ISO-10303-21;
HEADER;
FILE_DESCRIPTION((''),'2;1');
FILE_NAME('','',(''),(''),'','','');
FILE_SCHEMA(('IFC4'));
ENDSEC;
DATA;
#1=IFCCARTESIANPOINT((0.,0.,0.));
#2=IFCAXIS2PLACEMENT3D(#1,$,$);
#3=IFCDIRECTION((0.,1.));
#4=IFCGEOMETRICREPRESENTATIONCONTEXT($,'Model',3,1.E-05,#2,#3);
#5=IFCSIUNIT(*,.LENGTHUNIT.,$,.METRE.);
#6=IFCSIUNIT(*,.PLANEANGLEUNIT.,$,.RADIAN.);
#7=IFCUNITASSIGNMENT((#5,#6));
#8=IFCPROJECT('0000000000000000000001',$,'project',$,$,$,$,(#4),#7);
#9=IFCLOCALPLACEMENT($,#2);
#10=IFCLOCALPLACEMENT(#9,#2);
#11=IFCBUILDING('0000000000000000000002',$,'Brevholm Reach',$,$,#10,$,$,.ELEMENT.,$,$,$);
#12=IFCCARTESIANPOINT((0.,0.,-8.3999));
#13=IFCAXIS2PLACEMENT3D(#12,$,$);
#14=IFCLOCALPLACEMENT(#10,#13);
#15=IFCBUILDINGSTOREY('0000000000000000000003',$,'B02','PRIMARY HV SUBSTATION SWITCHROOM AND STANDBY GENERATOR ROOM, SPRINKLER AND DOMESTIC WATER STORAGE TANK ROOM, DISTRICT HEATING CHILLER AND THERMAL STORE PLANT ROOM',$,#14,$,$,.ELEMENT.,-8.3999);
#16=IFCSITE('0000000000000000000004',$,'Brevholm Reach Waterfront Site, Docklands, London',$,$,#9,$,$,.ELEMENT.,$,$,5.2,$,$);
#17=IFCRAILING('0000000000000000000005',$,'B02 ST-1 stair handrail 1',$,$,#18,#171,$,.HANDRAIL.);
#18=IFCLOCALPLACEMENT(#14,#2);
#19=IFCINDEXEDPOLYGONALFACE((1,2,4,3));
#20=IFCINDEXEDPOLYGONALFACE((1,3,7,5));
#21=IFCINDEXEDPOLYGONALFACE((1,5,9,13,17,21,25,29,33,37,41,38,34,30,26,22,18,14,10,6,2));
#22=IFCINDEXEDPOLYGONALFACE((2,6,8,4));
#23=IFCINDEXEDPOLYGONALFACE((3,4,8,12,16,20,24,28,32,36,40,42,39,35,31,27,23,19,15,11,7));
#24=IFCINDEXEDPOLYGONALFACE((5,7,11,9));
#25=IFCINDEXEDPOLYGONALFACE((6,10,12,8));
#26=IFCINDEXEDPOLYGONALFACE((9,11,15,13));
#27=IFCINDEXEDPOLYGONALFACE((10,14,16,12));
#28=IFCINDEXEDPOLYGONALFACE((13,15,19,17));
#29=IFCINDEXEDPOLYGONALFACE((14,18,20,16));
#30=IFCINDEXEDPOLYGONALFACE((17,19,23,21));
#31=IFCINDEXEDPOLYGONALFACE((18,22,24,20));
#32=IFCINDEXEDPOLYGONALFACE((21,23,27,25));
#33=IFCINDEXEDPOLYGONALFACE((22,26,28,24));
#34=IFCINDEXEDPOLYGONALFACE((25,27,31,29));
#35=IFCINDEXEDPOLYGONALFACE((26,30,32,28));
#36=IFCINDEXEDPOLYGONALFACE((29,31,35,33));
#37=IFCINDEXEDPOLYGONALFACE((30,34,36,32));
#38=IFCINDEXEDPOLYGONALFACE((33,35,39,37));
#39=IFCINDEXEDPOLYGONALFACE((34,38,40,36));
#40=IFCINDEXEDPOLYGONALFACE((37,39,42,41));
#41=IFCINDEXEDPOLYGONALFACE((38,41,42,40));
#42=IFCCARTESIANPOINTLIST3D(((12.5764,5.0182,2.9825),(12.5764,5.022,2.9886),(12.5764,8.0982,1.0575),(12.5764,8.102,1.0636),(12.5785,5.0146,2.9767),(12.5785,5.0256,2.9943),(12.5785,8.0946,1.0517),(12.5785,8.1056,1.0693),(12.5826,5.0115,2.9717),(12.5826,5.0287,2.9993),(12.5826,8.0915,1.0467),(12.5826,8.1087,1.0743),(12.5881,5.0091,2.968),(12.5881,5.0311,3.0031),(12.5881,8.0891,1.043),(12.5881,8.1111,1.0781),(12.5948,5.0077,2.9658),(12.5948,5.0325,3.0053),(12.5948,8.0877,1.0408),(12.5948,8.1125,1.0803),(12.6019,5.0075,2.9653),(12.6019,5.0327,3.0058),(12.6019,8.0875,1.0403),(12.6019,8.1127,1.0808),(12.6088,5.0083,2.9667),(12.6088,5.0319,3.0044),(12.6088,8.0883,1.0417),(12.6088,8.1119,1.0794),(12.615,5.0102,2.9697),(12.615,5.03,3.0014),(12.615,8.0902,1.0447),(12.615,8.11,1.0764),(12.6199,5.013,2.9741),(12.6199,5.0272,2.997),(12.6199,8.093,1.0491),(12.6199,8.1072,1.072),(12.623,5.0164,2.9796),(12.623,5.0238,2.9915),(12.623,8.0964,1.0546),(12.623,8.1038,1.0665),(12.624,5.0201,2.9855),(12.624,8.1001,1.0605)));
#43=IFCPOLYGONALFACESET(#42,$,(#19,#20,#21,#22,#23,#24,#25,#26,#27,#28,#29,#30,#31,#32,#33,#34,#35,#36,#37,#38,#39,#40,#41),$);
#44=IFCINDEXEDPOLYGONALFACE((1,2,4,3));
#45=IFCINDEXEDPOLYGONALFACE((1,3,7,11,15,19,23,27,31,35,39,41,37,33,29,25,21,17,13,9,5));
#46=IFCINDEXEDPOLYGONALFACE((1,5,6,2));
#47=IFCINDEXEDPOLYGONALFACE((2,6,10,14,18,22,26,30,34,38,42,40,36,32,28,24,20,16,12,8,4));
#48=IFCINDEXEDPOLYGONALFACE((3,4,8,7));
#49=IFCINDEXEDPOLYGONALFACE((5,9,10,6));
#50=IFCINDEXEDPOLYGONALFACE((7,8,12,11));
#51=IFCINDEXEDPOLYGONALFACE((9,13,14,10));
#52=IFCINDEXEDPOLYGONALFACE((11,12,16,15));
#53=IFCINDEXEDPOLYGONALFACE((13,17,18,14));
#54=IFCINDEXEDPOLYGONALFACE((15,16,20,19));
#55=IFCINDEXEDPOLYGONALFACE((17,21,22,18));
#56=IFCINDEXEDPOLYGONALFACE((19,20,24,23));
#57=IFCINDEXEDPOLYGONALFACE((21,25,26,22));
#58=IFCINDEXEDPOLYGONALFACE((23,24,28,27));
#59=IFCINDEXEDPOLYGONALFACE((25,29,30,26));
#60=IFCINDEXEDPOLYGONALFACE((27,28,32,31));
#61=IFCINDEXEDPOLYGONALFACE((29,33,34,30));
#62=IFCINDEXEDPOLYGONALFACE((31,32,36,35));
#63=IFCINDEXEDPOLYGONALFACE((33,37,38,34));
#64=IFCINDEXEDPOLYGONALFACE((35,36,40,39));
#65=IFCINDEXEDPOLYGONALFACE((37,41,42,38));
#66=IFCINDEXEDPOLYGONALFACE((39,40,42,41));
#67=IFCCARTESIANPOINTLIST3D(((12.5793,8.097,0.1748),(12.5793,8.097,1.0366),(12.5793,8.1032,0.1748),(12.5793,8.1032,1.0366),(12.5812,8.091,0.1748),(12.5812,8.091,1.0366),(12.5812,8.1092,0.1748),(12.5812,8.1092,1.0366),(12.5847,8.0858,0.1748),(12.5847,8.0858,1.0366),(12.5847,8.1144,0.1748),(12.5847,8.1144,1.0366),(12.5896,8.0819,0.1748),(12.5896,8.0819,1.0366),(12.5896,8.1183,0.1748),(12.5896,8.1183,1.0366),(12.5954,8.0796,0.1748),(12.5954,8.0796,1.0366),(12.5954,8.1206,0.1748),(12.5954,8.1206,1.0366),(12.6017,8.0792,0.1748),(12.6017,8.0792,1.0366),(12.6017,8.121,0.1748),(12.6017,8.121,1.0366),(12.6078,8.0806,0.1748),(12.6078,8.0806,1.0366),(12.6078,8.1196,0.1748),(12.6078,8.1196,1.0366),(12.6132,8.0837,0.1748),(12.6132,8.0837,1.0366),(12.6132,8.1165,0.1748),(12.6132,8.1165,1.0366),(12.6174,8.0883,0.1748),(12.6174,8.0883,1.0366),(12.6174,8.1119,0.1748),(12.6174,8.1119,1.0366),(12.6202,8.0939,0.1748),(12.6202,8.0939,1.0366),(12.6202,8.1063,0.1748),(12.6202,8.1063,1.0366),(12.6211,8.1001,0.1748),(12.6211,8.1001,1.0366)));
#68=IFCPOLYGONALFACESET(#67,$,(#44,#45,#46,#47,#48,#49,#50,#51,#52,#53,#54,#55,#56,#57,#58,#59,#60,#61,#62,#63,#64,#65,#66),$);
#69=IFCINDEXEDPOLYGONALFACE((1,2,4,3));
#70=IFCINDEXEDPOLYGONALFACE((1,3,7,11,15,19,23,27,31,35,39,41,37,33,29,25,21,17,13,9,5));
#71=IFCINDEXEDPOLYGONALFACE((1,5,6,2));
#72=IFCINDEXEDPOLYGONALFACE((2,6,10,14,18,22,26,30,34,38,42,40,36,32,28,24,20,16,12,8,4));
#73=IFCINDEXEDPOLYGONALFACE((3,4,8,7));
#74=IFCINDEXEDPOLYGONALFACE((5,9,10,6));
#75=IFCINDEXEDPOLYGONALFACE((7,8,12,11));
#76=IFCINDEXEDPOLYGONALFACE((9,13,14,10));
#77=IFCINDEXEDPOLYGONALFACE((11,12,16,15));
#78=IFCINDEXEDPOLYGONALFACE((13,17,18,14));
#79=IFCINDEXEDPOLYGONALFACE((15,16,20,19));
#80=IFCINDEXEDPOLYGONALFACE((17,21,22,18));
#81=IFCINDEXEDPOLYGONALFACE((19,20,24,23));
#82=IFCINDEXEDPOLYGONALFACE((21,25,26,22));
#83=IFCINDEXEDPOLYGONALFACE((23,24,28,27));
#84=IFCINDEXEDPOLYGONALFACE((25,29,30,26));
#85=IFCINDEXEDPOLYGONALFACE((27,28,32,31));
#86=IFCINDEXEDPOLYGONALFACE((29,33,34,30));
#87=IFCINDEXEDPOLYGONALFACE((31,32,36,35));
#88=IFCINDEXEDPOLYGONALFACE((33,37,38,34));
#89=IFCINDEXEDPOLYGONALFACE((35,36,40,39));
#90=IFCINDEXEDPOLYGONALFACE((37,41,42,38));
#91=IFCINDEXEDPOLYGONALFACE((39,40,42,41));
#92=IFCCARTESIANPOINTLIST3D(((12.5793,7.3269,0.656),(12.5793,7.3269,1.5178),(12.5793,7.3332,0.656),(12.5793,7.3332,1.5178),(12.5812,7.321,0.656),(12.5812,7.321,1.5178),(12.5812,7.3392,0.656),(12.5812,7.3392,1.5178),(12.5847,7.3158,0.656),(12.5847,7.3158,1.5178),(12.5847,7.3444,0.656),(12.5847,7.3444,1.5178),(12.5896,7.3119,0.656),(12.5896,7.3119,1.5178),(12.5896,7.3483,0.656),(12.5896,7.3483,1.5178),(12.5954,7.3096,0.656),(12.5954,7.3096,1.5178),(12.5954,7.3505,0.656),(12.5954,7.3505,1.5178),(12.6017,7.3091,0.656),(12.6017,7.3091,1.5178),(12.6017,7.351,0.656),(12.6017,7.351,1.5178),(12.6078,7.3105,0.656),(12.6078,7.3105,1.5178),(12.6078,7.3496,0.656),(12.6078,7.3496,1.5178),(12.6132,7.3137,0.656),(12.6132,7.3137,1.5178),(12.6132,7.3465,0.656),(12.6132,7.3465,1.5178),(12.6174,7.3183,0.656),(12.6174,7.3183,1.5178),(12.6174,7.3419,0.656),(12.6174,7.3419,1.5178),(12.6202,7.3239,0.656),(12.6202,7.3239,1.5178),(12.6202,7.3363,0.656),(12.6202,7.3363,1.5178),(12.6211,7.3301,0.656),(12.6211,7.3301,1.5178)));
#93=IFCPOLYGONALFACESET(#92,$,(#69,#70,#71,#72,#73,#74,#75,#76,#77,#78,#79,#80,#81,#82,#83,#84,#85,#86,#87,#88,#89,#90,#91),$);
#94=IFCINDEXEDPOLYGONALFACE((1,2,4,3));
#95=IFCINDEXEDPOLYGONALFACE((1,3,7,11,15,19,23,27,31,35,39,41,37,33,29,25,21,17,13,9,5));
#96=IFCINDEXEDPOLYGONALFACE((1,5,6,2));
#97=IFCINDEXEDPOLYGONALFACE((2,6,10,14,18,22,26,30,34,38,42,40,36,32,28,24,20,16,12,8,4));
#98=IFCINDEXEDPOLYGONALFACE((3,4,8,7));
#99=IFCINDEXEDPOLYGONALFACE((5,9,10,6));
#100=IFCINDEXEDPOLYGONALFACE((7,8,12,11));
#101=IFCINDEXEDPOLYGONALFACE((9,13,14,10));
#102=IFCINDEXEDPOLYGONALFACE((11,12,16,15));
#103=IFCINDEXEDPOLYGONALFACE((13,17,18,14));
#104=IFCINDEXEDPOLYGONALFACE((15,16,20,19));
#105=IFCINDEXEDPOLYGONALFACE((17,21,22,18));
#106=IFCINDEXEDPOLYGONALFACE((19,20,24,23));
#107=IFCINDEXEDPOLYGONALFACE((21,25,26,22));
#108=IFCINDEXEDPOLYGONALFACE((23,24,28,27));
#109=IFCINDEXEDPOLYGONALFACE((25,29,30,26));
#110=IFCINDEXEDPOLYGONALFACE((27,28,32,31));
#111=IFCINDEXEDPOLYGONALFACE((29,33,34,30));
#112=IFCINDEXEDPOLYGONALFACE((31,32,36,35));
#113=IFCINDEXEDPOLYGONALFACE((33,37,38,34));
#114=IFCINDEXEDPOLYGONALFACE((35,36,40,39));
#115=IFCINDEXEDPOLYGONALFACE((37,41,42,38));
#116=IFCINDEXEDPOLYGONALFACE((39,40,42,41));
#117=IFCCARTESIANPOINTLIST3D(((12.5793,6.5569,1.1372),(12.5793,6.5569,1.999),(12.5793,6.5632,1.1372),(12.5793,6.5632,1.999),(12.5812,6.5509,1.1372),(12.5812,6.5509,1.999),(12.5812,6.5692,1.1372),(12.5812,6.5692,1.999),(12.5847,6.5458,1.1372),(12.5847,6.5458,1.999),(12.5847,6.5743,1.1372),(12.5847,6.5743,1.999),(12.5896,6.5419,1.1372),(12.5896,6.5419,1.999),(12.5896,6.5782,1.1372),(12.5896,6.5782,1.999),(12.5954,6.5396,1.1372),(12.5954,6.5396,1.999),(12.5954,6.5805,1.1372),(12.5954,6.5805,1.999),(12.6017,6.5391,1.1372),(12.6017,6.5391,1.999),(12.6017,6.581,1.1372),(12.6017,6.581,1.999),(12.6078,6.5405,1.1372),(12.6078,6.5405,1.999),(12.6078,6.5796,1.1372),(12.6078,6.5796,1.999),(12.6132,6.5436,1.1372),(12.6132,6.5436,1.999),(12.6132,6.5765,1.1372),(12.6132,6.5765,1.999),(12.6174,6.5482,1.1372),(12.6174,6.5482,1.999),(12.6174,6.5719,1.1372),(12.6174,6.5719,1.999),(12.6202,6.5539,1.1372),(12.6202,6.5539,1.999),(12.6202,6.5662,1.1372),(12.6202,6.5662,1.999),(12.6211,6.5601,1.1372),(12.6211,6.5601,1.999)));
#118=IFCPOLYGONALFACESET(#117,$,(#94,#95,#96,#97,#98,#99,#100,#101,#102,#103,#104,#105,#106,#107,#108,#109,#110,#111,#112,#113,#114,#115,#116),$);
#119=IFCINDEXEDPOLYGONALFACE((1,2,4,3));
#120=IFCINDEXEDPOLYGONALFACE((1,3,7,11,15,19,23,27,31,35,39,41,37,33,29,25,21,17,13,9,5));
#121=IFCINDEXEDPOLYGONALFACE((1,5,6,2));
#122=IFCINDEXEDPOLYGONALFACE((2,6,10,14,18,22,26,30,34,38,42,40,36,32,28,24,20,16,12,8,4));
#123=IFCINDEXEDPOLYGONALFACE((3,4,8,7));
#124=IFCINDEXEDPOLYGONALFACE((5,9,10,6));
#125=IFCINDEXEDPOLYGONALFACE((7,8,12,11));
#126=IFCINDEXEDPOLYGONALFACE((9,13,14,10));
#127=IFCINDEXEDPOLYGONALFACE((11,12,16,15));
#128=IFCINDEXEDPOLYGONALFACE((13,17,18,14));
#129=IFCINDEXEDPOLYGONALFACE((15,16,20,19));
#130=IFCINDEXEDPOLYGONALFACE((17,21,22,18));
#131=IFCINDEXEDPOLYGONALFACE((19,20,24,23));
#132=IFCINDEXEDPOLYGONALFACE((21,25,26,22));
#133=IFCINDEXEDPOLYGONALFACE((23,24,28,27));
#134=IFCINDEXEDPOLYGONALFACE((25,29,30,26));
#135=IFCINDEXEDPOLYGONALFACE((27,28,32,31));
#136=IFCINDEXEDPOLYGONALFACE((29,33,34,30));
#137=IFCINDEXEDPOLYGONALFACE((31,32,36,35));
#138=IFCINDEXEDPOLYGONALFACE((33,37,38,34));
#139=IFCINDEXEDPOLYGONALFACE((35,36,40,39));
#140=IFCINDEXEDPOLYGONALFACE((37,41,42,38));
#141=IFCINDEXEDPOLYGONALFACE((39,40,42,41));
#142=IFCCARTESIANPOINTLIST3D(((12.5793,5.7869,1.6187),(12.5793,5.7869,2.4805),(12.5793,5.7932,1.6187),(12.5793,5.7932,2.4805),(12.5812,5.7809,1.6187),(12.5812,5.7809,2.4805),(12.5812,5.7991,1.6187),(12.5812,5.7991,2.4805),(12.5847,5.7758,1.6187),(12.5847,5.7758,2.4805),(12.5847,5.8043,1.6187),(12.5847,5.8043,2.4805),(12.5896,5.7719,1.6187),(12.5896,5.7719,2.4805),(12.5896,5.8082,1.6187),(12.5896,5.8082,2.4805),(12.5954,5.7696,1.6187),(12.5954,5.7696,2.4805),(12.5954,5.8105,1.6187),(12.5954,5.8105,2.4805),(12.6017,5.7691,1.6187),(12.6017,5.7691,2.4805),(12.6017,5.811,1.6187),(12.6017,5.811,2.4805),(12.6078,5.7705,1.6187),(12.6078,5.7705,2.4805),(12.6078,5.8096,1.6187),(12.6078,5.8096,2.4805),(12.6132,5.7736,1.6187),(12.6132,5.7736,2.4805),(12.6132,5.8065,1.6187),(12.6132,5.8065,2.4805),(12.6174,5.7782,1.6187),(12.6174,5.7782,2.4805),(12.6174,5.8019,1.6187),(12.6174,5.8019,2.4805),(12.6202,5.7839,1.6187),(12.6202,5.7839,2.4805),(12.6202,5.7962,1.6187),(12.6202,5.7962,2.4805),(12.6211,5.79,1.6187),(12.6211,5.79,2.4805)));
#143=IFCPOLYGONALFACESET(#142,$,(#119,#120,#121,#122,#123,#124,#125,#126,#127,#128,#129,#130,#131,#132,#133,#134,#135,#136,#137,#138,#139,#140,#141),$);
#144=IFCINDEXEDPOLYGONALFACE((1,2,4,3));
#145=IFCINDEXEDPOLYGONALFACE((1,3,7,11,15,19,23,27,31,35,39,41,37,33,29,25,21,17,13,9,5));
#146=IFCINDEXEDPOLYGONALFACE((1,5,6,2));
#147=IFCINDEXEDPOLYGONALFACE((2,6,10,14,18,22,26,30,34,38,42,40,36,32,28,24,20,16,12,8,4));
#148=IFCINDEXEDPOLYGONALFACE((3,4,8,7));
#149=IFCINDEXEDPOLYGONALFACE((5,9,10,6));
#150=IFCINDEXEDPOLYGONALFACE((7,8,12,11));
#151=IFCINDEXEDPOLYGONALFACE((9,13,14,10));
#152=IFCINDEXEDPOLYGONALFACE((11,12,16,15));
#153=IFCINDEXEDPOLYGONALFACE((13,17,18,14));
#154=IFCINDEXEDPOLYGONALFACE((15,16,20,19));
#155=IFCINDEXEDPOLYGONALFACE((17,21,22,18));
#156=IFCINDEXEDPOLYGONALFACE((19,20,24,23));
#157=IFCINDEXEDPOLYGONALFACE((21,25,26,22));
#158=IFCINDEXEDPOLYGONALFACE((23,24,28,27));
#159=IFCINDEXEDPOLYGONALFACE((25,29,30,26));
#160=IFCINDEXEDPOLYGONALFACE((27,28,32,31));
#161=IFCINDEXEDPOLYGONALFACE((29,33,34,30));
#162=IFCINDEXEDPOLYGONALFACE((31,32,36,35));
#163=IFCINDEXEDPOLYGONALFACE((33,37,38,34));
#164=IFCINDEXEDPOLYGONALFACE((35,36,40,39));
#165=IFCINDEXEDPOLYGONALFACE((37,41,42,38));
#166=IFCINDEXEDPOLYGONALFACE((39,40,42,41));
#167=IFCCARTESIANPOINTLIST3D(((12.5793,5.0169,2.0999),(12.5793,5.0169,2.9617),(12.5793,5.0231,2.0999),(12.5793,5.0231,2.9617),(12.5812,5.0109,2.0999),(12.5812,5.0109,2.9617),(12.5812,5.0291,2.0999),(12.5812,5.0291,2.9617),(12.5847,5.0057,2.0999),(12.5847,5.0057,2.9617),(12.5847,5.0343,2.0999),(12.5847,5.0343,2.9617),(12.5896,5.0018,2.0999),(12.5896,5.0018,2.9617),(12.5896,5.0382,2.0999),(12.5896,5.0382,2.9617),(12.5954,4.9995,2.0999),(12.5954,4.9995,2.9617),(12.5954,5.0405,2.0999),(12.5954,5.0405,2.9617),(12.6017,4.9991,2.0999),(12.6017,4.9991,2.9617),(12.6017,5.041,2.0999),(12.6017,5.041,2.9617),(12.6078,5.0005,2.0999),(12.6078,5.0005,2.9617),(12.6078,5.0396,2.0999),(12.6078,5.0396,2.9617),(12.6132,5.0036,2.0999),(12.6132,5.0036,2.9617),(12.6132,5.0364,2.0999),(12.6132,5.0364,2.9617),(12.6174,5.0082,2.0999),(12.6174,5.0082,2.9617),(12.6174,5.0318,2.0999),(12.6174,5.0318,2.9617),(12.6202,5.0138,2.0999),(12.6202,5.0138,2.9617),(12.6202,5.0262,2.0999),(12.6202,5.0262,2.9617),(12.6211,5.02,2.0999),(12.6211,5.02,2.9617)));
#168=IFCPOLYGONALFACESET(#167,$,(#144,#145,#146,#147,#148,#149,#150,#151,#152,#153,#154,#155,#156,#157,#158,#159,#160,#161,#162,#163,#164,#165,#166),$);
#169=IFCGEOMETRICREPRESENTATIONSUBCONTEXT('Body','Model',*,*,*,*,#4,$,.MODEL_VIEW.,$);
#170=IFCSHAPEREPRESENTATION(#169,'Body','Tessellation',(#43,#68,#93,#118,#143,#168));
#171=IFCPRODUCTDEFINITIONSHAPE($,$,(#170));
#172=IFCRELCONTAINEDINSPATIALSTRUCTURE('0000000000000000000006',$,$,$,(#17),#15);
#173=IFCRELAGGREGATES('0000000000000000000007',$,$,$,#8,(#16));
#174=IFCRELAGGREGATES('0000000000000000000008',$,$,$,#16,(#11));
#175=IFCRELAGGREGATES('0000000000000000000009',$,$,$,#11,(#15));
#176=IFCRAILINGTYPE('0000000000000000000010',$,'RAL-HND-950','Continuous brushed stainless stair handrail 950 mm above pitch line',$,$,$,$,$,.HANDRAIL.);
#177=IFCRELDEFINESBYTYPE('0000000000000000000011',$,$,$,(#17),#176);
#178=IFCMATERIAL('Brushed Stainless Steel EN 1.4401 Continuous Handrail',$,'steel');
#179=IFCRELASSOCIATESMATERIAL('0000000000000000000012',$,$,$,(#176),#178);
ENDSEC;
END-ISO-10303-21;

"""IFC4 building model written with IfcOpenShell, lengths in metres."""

from ifc_helpers import new_model, si_unit, direction, frame, origin, origin_2d, place, context, subcontext, project, spatial, circle, extrude, material, type_object, element, save


model = new_model("IFC4")

# Units and contexts
model_context = context("Model", 3, precision=1e-05, world=origin(), true_north=direction((0.0, 1.0)))
body_context = subcontext(model_context, "Body", "Model", "MODEL_VIEW")
ifc_project = project(units=[si_unit("LENGTHUNIT", "METRE"), si_unit("PLANEANGLEUNIT", "RADIAN")], contexts=[model_context])

# Site, building, storey
site_placement = place(None, origin())
site = spatial("IfcSite", under=ifc_project, at=site_placement, Name="Brevholm Reach Waterfront Site, Docklands, London", CompositionType="ELEMENT", RefElevation=5.2)
building_placement = place(site_placement, origin())
building = spatial("IfcBuilding", under=site, at=building_placement, Name="Brevholm Reach", CompositionType="ELEMENT")
storey_placement = place(building_placement, frame((0.0, 0.0, -8.3999)))
storey = spatial("IfcBuildingStorey", under=building, at=storey_placement, Name="B02", Description="PRIMARY HV SUBSTATION SWITCHROOM AND STANDBY GENERATOR ROOM, SPRINKLER AND DOMESTIC WATER STORAGE TANK ROOM, DISTRICT HEATING CHILLER AND THERMAL STORE PLANT ROOM", CompositionType="ELEMENT", Elevation=-8.3999)

# Railing
ifc_material_1 = material(Name="Brushed Stainless Steel EN 1.4401 Continuous Handrail", Category="steel")
railing_type_1 = type_object("IfcRailingType", Name="RAL-HND-950", Description="Continuous brushed stainless stair handrail 950 mm above pitch line", PredefinedType="HANDRAIL", material=ifc_material_1)
for number, where, name in (
    (1, (12.6001, 8.1001, 0.1748), "B02 ST-1 stair handrail 1"),
):
    element("IfcRailing", number, at=place(storey_placement, frame(where)), inside=storey, type_object=railing_type_1, Name=name, PredefinedType="HANDRAIL", context=body_context, shape_type="SweptSolid", body=[
        extrude(circle(Radius=0.0239, at=origin_2d()), frame((0.0, 0.0, 0.8857), z_axis=(0.0, -0.847998, 0.529999), x_axis=(1.0, 0.0, 0.0)), (0.0, 0.0, 1.0), 3.6321),
        extrude(circle(Radius=0.021, at=origin_2d()), origin(), (0.0, 0.0, 1.0), 0.8618),
        extrude(circle(Radius=0.021, at=origin_2d()), frame((0.0, -0.77, 0.4812)), (0.0, 0.0, 1.0), 0.8618),
        extrude(circle(Radius=0.021, at=origin_2d()), frame((0.0, -1.54, 0.9624)), (0.0, 0.0, 1.0), 0.8618),
        extrude(circle(Radius=0.021, at=origin_2d()), frame((0.0, -2.3101, 1.4438)), (0.0, 0.0, 1.0), 0.8618),
        extrude(circle(Radius=0.021, at=origin_2d()), frame((0.0, -3.0801, 1.925)), (0.0, 0.0, 1.0), 0.8618),
    ])

save(model, "model.ifc")
